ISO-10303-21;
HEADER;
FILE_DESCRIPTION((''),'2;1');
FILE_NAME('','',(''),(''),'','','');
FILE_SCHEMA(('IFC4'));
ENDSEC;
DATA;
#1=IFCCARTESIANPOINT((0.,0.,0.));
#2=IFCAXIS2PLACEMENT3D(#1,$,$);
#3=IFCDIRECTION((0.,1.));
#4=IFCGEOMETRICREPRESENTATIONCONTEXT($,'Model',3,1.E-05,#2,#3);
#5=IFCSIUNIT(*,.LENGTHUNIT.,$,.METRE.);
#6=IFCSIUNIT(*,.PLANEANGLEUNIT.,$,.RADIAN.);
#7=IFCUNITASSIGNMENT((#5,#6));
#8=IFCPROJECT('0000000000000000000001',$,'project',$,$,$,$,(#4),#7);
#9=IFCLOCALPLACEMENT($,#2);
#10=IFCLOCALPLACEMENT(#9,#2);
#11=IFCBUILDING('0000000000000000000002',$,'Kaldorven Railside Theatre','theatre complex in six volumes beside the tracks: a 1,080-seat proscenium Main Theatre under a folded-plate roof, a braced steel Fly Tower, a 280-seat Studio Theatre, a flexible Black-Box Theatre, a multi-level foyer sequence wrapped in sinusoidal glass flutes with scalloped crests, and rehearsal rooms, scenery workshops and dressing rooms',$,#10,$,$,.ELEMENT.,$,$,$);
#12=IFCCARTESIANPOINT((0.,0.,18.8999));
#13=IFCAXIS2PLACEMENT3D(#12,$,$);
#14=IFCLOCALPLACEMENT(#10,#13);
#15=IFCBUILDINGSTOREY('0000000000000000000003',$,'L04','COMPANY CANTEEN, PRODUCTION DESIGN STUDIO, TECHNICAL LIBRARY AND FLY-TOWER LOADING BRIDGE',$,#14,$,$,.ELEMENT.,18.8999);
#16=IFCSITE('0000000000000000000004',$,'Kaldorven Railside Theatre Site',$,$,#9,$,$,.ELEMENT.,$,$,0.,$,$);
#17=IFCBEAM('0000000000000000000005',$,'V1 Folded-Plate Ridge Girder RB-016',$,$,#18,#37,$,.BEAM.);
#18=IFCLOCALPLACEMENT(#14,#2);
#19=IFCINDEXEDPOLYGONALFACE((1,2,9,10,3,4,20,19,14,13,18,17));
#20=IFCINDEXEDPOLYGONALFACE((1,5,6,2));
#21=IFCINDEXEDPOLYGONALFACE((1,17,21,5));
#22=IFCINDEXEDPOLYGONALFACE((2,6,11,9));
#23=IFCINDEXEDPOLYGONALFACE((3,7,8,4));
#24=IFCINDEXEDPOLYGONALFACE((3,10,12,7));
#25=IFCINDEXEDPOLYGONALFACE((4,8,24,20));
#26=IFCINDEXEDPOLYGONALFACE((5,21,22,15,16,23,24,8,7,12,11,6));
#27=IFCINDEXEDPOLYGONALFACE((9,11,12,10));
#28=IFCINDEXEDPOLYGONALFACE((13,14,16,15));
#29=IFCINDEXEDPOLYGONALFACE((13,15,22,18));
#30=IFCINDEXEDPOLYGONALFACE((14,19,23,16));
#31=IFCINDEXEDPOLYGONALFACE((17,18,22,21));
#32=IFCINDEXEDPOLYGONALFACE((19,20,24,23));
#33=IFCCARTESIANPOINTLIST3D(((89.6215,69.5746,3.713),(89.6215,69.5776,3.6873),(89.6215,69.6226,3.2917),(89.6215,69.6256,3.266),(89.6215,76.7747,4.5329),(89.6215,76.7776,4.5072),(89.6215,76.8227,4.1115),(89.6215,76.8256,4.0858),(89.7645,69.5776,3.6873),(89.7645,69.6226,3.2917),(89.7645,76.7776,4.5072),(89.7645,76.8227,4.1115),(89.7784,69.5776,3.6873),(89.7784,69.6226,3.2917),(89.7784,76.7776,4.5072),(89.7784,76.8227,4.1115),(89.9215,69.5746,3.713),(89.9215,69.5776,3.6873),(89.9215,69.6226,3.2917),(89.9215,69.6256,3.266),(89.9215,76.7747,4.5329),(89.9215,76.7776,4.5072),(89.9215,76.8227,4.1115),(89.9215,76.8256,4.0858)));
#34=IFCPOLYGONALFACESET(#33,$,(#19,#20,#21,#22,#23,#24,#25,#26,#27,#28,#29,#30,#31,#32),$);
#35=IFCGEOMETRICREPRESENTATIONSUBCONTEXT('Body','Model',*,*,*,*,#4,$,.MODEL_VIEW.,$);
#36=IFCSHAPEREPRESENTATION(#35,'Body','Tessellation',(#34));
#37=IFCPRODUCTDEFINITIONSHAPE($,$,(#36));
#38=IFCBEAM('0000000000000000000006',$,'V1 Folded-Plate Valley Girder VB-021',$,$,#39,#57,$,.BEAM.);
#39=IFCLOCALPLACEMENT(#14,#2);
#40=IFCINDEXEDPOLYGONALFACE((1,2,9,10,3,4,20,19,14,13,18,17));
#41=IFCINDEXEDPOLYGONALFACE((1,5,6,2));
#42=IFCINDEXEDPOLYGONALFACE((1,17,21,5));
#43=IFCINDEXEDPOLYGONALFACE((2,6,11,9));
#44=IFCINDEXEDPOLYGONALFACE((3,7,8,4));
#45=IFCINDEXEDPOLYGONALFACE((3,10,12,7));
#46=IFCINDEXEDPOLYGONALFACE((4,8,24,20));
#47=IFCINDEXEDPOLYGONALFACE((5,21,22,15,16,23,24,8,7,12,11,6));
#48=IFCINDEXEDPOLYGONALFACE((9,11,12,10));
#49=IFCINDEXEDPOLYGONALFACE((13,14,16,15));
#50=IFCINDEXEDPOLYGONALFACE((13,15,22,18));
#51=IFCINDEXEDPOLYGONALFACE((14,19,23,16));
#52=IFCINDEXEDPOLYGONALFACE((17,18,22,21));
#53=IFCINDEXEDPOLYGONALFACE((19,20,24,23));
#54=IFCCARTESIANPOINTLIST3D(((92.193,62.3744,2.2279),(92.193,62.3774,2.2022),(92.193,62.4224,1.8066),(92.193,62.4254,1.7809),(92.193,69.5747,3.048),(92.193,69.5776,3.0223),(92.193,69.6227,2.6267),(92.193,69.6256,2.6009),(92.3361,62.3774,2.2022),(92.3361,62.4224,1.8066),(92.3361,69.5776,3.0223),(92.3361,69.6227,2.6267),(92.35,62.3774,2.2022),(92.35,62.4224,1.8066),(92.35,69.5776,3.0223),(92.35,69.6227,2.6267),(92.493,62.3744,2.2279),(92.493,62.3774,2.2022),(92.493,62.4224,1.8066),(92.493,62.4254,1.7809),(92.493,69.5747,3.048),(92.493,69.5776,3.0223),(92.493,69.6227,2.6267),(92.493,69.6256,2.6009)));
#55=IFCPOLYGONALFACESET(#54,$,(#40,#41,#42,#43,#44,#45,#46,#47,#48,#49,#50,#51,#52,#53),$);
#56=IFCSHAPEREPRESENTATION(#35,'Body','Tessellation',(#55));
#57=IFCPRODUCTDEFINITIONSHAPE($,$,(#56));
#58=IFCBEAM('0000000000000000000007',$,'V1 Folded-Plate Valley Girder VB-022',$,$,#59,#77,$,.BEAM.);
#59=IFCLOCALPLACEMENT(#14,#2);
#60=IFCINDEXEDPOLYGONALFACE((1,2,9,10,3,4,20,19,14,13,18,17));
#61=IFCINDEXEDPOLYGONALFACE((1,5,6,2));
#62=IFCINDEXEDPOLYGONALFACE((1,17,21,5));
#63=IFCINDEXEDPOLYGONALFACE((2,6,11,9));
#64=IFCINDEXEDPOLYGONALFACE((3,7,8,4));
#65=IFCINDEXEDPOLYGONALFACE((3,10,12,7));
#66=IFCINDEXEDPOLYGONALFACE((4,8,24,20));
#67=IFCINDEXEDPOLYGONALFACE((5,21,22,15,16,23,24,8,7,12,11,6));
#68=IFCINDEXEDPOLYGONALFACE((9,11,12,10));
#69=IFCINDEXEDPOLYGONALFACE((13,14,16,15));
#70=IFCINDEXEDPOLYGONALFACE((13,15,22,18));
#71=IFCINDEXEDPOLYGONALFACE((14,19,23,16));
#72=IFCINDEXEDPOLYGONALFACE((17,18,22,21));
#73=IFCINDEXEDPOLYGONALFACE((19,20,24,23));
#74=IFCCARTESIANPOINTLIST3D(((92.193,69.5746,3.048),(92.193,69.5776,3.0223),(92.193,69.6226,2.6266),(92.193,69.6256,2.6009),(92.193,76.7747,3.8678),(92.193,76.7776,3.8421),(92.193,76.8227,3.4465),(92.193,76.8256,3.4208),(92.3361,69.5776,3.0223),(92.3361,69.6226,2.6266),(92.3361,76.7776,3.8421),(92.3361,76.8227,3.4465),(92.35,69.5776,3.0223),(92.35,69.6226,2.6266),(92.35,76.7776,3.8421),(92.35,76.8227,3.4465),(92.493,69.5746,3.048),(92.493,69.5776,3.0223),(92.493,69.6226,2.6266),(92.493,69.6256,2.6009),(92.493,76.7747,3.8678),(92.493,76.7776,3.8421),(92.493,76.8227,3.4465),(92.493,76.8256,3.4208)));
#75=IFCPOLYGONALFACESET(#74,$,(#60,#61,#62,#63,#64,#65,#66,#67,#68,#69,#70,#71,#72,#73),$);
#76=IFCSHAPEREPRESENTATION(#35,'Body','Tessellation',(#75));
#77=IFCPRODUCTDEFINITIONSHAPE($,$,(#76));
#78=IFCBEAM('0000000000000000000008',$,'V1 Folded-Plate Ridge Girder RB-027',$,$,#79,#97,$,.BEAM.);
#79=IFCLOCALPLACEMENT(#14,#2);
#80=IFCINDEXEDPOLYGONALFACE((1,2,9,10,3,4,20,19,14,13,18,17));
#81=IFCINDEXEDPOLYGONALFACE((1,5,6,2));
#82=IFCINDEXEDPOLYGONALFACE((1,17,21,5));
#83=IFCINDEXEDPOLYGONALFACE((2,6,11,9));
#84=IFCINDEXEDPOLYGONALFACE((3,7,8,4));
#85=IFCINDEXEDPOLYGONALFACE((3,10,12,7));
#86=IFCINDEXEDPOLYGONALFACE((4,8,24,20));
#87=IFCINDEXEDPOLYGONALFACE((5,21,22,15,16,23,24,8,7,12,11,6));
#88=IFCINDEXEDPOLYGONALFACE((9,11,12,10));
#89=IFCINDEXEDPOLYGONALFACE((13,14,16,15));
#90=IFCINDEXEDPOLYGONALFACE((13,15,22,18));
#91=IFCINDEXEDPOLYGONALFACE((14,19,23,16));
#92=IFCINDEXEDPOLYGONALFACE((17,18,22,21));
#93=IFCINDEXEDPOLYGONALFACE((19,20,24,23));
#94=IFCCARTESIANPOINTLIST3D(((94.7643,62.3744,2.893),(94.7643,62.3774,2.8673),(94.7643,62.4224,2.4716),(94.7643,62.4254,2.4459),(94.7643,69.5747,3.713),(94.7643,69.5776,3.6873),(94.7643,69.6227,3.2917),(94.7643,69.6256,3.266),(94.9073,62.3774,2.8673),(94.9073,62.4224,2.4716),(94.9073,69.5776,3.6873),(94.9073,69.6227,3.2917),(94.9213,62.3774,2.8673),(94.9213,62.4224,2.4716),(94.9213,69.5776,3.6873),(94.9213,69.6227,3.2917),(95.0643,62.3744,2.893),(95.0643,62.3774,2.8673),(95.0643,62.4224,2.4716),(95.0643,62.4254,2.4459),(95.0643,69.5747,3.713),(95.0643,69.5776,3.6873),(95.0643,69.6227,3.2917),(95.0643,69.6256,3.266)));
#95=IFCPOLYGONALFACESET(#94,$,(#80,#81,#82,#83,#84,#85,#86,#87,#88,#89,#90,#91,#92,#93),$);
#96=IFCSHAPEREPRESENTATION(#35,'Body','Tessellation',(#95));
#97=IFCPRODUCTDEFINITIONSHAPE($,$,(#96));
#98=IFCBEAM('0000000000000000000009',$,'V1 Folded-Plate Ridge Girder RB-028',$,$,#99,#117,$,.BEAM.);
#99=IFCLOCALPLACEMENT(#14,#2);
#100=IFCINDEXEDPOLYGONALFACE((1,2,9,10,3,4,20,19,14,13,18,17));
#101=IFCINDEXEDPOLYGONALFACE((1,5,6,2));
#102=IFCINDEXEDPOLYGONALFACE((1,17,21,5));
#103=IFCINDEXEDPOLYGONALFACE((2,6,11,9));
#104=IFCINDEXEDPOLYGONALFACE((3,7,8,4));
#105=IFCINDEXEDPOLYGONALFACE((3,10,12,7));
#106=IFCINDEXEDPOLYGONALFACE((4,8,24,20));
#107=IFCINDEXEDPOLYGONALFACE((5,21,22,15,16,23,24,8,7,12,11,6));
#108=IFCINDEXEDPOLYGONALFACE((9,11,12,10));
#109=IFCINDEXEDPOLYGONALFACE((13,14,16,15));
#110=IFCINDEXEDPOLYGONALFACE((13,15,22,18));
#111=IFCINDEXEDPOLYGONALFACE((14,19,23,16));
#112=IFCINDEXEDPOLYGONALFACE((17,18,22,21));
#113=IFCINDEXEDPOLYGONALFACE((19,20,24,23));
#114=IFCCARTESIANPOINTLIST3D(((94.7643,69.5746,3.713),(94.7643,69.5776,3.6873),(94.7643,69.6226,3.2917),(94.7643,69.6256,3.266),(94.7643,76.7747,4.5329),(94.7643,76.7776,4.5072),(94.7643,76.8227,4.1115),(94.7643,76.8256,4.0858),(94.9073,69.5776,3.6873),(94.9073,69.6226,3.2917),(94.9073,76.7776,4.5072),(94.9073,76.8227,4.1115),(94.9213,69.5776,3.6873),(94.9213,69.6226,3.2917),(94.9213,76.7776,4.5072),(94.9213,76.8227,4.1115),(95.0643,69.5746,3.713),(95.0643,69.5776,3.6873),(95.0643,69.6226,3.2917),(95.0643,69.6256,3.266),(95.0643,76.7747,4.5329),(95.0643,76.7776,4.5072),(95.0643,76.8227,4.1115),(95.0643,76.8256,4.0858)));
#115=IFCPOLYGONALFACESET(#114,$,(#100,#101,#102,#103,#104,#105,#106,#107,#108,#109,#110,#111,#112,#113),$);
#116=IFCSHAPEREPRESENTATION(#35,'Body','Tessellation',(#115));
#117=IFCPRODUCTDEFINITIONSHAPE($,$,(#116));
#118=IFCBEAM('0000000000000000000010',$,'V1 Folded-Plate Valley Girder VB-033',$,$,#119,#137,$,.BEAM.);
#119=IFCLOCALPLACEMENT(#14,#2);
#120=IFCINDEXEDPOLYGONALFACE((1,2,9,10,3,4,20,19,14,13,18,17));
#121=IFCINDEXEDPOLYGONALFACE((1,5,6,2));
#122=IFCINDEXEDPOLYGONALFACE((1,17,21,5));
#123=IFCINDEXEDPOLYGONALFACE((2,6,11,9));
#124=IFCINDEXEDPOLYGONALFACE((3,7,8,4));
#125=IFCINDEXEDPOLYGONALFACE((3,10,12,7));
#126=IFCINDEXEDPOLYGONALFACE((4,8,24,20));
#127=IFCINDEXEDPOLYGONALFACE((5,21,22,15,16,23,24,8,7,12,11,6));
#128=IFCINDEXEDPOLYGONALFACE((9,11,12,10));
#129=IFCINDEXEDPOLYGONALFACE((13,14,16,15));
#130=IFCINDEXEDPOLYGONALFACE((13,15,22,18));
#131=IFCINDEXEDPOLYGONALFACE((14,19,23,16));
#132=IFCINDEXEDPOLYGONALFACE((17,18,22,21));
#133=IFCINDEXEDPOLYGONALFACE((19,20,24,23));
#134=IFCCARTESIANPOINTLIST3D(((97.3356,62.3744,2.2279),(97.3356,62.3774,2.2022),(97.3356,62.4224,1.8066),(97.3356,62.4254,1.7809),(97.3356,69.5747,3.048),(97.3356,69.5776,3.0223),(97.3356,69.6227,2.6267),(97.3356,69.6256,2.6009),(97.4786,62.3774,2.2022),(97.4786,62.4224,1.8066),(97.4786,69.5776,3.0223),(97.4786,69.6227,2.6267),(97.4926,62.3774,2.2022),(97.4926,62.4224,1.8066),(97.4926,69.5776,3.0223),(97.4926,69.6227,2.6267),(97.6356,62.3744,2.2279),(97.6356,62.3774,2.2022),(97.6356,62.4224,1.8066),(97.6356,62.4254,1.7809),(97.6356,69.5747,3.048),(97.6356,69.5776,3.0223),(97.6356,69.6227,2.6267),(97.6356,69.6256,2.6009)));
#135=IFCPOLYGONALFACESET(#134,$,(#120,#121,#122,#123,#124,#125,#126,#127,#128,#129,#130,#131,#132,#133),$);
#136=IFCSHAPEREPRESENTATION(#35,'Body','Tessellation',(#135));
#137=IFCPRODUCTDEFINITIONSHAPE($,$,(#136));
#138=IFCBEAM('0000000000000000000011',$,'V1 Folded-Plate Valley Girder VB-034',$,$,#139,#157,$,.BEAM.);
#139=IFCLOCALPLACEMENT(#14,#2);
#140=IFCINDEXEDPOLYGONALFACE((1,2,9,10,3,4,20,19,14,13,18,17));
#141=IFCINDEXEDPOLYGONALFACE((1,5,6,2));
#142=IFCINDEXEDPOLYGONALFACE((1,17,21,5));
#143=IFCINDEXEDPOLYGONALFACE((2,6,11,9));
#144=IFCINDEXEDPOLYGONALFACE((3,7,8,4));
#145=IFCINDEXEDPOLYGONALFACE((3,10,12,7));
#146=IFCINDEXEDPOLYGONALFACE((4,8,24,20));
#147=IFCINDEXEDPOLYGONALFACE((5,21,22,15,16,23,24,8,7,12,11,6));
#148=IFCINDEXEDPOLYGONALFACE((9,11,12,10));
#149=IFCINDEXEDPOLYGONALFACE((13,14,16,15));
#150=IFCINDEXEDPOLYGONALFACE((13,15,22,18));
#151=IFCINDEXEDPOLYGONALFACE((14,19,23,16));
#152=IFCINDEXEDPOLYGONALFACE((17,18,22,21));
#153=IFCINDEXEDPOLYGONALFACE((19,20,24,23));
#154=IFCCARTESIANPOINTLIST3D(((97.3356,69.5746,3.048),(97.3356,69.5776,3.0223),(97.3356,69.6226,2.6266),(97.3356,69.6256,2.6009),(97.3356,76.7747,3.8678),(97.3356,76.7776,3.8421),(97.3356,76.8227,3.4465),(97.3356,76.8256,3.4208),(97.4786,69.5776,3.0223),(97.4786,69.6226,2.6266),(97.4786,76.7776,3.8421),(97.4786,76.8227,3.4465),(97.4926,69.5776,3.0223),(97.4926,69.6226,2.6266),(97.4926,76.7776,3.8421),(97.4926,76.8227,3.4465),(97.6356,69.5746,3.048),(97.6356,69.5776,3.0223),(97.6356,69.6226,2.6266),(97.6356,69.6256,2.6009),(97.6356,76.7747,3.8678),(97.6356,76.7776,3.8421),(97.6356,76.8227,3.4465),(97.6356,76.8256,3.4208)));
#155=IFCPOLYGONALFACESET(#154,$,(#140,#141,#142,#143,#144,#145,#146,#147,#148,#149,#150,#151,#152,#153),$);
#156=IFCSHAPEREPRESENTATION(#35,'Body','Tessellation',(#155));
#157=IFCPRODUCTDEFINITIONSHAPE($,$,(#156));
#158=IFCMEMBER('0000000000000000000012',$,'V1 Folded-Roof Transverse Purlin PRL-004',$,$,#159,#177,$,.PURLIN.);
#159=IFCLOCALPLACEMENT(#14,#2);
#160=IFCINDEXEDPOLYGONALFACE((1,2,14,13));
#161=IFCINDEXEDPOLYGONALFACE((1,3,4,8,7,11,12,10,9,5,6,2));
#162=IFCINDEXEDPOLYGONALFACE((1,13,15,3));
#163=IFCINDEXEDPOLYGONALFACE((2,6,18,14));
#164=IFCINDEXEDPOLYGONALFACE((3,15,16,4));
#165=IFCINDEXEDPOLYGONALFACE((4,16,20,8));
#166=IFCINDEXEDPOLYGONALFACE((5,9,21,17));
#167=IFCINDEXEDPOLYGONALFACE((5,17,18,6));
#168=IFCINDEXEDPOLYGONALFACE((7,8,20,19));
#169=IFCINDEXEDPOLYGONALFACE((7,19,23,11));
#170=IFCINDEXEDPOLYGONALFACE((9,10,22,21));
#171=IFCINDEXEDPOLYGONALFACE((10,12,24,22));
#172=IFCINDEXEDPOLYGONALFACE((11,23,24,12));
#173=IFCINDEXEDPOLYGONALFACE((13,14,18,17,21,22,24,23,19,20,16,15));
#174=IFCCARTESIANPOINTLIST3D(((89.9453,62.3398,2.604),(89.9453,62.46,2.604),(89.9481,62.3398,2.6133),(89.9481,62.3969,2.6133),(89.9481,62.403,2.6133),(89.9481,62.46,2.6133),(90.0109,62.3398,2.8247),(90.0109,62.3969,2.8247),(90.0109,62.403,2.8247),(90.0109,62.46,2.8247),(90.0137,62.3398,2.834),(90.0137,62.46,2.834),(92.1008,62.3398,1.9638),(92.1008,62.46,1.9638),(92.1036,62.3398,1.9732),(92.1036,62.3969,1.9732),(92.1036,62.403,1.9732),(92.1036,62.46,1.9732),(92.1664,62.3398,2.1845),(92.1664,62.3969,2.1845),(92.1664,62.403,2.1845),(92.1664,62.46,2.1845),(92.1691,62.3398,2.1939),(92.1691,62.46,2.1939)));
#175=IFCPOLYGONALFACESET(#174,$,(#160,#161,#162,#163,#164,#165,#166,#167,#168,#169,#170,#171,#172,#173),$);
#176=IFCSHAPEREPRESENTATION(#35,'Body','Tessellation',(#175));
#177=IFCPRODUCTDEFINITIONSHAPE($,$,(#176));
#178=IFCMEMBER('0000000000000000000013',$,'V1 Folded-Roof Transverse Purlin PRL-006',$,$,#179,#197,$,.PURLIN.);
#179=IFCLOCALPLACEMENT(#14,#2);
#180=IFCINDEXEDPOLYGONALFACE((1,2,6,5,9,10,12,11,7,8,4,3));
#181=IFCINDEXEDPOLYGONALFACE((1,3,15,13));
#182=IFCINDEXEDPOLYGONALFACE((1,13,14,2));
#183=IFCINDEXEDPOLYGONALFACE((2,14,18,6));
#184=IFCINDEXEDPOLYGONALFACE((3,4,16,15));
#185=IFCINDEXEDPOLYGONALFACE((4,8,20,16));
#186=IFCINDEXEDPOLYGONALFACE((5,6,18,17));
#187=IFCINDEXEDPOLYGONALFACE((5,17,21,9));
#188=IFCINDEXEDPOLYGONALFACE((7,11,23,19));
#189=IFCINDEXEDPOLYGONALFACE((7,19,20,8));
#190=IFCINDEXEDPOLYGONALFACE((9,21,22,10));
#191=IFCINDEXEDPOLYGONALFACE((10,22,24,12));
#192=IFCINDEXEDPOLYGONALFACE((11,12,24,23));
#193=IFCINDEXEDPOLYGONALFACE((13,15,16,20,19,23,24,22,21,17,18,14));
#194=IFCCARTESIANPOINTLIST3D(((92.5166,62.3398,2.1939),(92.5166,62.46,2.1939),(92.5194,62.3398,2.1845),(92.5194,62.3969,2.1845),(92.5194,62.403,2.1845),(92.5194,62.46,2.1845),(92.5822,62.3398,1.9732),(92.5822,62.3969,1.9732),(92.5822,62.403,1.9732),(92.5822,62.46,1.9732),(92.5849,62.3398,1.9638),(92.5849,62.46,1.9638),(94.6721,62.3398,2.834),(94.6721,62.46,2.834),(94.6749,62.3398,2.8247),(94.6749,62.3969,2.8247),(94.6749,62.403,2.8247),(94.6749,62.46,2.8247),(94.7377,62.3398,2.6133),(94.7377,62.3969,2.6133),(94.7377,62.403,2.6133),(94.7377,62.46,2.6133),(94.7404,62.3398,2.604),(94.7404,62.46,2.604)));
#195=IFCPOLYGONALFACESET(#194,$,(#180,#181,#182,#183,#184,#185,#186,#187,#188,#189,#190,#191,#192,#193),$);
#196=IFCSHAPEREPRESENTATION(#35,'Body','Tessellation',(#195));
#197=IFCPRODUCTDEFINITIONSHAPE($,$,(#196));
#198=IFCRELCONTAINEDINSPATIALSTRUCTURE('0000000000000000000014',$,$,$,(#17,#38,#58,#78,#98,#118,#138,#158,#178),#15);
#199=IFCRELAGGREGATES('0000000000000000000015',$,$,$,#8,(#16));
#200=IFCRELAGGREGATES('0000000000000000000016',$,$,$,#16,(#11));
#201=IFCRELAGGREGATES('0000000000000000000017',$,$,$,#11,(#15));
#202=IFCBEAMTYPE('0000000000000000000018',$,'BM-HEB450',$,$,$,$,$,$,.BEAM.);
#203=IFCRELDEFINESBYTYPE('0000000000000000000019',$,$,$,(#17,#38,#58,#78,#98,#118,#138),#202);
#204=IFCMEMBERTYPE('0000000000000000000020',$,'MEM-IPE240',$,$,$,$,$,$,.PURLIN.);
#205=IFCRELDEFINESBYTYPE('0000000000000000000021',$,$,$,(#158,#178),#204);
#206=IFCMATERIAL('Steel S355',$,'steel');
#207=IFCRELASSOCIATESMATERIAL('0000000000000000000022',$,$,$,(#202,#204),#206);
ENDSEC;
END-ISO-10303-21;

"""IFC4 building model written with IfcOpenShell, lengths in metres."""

from ifc_helpers import new_model, si_unit, direction, frame, origin, origin_2d, place, context, subcontext, project, spatial, i_section, extrude, material, material_profile, profile_set, type_object, element, save


model = new_model("IFC4")

# Units and contexts
model_context = context("Model", 3, precision=1e-05, world=origin(), true_north=direction((0.0, 1.0)))
body_context = subcontext(model_context, "Body", "Model", "MODEL_VIEW")
ifc_project = project(units=[si_unit("LENGTHUNIT", "METRE"), si_unit("PLANEANGLEUNIT", "RADIAN")], contexts=[model_context])

# Site, building, storey
site_placement = place(None, origin())
site = spatial("IfcSite", under=ifc_project, at=site_placement, Name="Kaldorven Railside Theatre Site", CompositionType="ELEMENT", RefElevation=0.0)
building_placement = place(site_placement, origin())
building = spatial("IfcBuilding", under=site, at=building_placement, Name="Kaldorven Railside Theatre", Description="theatre complex in six volumes beside the tracks: a 1,080-seat proscenium Main Theatre under a folded-plate roof, a braced steel Fly Tower, a 280-seat Studio Theatre, a flexible Black-Box Theatre, a multi-level foyer sequence wrapped in sinusoidal glass flutes with scalloped crests, and rehearsal rooms, scenery workshops and dressing rooms", CompositionType="ELEMENT")
storey_placement = place(building_placement, frame((0.0, 0.0, 18.8999)))
storey = spatial("IfcBuildingStorey", under=building, at=storey_placement, Name="L04", Description="COMPANY CANTEEN, PRODUCTION DESIGN STUDIO, TECHNICAL LIBRARY AND FLY-TOWER LOADING BRIDGE", CompositionType="ELEMENT", Elevation=18.8999)

# Beams
ifc_material = material(Name="Steel S355", Category="steel")
ifc_material_profile_1 = material_profile(ifc_material, i_section(OverallWidth=0.3, OverallDepth=0.45, WebThickness=0.0139, FlangeThickness=0.0259, at=origin_2d()), Name="HEB 450")
ifc_profile_set_1 = profile_set([ifc_material_profile_1], Name="Steel S355")
beam_type = type_object("IfcBeamType", Name="BM-HEB450", PredefinedType="BEAM", material=ifc_profile_set_1)
beam_1_placement = place(storey_placement, frame((89.7715, 69.6001, 3.4895), z_axis=(0.0, 0.99358, 0.113134), x_axis=(-1.0, 0.0, 0.0)))
element("IfcBeam", 1, at=beam_1_placement, inside=storey, type_object=beam_type, Name="V1 Folded-Plate Ridge Girder RB-016", PredefinedType="BEAM", context=body_context, shape_type="SweptSolid", body=[
    extrude(i_section(OverallWidth=0.3, OverallDepth=0.45, WebThickness=0.0139, FlangeThickness=0.0259, at=origin_2d()), origin(), (0.0, 0.0, 1.0), 7.2466),
])
beam_2_placement = place(storey_placement, frame((92.343, 62.3999, 2.0044), z_axis=(0.0, 0.993576, 0.113164), x_axis=(-1.0, 0.0, 0.0)))
element("IfcBeam", 2, at=beam_2_placement, inside=storey, type_object=beam_type, Name="V1 Folded-Plate Valley Girder VB-021", PredefinedType="BEAM", context=body_context, shape_type="SweptSolid", body=[
    extrude(i_section(OverallWidth=0.3, OverallDepth=0.45, WebThickness=0.0139, FlangeThickness=0.0259, at=origin_2d()), origin(), (0.0, 0.0, 1.0), 7.2468),
])
beam_3_placement = place(storey_placement, frame((92.343, 69.6001, 2.8245), z_axis=(0.0, 0.99358, 0.113134), x_axis=(-1.0, 0.0, 0.0)))
element("IfcBeam", 3, at=beam_3_placement, inside=storey, type_object=beam_type, Name="V1 Folded-Plate Valley Girder VB-022", PredefinedType="BEAM", context=body_context, shape_type="SweptSolid", body=[
    extrude(i_section(OverallWidth=0.3, OverallDepth=0.45, WebThickness=0.0139, FlangeThickness=0.0259, at=origin_2d()), origin(), (0.0, 0.0, 1.0), 7.2466),
])
beam_4_placement = place(storey_placement, frame((94.9143, 62.3999, 2.6694), z_axis=(0.0, 0.993576, 0.113164), x_axis=(-1.0, 0.0, 0.0)))
element("IfcBeam", 4, at=beam_4_placement, inside=storey, type_object=beam_type, Name="V1 Folded-Plate Ridge Girder RB-027", PredefinedType="BEAM", context=body_context, shape_type="SweptSolid", body=[
    extrude(i_section(OverallWidth=0.3, OverallDepth=0.45, WebThickness=0.0139, FlangeThickness=0.0259, at=origin_2d()), origin(), (0.0, 0.0, 1.0), 7.2468),
])
beam_5_placement = place(storey_placement, frame((94.9143, 69.6001, 3.4895), z_axis=(0.0, 0.99358, 0.113134), x_axis=(-1.0, 0.0, 0.0)))
element("IfcBeam", 5, at=beam_5_placement, inside=storey, type_object=beam_type, Name="V1 Folded-Plate Ridge Girder RB-028", PredefinedType="BEAM", context=body_context, shape_type="SweptSolid", body=[
    extrude(i_section(OverallWidth=0.3, OverallDepth=0.45, WebThickness=0.0139, FlangeThickness=0.0259, at=origin_2d()), origin(), (0.0, 0.0, 1.0), 7.2466),
])
beam_6_placement = place(storey_placement, frame((97.4856, 62.3999, 2.0044), z_axis=(0.0, 0.993576, 0.113164), x_axis=(-1.0, 0.0, 0.0)))
element("IfcBeam", 6, at=beam_6_placement, inside=storey, type_object=beam_type, Name="V1 Folded-Plate Valley Girder VB-033", PredefinedType="BEAM", context=body_context, shape_type="SweptSolid", body=[
    extrude(i_section(OverallWidth=0.3, OverallDepth=0.45, WebThickness=0.0139, FlangeThickness=0.0259, at=origin_2d()), origin(), (0.0, 0.0, 1.0), 7.2468),
])
beam_7_placement = place(storey_placement, frame((97.4856, 69.6001, 2.8245), z_axis=(0.0, 0.99358, 0.113134), x_axis=(-1.0, 0.0, 0.0)))
element("IfcBeam", 7, at=beam_7_placement, inside=storey, type_object=beam_type, Name="V1 Folded-Plate Valley Girder VB-034", PredefinedType="BEAM", context=body_context, shape_type="SweptSolid", body=[
    extrude(i_section(OverallWidth=0.3, OverallDepth=0.45, WebThickness=0.0139, FlangeThickness=0.0259, at=origin_2d()), origin(), (0.0, 0.0, 1.0), 7.2466),
])

# Members
ifc_material_profile_2 = material_profile(ifc_material, i_section(OverallWidth=0.1201, OverallDepth=0.24, WebThickness=0.0061, FlangeThickness=0.0098, at=origin_2d()), Name="IPE 240")
ifc_profile_set_2 = profile_set([ifc_material_profile_2], Name="Steel S355")
member_type_1 = type_object("IfcMemberType", Name="MEM-IPE240", PredefinedType="PURLIN", material=ifc_profile_set_2)
for number, where, z_axis, x_axis, name in (
    (8, (89.9795, 62.3999, 2.719), (0.95862, 0.0, -0.284687), (0.0, 1.0, 0.0), "V1 Folded-Roof Transverse Purlin PRL-004"),
    (9, (92.5508, 62.3999, 2.0789), (0.95862, 0.0, 0.284687), (0.0, 1.0, 0.0), "V1 Folded-Roof Transverse Purlin PRL-006"),
):
    element("IfcMember", number, at=place(storey_placement, frame(where, z_axis=z_axis, x_axis=x_axis)), inside=storey, type_object=member_type_1, Name=name, PredefinedType="PURLIN", context=body_context, shape_type="SweptSolid", body=[
        extrude(i_section(OverallWidth=0.1201, OverallDepth=0.24, WebThickness=0.0061, FlangeThickness=0.0098, at=origin_2d()), origin(), (0.0, 0.0, 1.0), 2.2485),
    ])

save(model, "model.ifc")
